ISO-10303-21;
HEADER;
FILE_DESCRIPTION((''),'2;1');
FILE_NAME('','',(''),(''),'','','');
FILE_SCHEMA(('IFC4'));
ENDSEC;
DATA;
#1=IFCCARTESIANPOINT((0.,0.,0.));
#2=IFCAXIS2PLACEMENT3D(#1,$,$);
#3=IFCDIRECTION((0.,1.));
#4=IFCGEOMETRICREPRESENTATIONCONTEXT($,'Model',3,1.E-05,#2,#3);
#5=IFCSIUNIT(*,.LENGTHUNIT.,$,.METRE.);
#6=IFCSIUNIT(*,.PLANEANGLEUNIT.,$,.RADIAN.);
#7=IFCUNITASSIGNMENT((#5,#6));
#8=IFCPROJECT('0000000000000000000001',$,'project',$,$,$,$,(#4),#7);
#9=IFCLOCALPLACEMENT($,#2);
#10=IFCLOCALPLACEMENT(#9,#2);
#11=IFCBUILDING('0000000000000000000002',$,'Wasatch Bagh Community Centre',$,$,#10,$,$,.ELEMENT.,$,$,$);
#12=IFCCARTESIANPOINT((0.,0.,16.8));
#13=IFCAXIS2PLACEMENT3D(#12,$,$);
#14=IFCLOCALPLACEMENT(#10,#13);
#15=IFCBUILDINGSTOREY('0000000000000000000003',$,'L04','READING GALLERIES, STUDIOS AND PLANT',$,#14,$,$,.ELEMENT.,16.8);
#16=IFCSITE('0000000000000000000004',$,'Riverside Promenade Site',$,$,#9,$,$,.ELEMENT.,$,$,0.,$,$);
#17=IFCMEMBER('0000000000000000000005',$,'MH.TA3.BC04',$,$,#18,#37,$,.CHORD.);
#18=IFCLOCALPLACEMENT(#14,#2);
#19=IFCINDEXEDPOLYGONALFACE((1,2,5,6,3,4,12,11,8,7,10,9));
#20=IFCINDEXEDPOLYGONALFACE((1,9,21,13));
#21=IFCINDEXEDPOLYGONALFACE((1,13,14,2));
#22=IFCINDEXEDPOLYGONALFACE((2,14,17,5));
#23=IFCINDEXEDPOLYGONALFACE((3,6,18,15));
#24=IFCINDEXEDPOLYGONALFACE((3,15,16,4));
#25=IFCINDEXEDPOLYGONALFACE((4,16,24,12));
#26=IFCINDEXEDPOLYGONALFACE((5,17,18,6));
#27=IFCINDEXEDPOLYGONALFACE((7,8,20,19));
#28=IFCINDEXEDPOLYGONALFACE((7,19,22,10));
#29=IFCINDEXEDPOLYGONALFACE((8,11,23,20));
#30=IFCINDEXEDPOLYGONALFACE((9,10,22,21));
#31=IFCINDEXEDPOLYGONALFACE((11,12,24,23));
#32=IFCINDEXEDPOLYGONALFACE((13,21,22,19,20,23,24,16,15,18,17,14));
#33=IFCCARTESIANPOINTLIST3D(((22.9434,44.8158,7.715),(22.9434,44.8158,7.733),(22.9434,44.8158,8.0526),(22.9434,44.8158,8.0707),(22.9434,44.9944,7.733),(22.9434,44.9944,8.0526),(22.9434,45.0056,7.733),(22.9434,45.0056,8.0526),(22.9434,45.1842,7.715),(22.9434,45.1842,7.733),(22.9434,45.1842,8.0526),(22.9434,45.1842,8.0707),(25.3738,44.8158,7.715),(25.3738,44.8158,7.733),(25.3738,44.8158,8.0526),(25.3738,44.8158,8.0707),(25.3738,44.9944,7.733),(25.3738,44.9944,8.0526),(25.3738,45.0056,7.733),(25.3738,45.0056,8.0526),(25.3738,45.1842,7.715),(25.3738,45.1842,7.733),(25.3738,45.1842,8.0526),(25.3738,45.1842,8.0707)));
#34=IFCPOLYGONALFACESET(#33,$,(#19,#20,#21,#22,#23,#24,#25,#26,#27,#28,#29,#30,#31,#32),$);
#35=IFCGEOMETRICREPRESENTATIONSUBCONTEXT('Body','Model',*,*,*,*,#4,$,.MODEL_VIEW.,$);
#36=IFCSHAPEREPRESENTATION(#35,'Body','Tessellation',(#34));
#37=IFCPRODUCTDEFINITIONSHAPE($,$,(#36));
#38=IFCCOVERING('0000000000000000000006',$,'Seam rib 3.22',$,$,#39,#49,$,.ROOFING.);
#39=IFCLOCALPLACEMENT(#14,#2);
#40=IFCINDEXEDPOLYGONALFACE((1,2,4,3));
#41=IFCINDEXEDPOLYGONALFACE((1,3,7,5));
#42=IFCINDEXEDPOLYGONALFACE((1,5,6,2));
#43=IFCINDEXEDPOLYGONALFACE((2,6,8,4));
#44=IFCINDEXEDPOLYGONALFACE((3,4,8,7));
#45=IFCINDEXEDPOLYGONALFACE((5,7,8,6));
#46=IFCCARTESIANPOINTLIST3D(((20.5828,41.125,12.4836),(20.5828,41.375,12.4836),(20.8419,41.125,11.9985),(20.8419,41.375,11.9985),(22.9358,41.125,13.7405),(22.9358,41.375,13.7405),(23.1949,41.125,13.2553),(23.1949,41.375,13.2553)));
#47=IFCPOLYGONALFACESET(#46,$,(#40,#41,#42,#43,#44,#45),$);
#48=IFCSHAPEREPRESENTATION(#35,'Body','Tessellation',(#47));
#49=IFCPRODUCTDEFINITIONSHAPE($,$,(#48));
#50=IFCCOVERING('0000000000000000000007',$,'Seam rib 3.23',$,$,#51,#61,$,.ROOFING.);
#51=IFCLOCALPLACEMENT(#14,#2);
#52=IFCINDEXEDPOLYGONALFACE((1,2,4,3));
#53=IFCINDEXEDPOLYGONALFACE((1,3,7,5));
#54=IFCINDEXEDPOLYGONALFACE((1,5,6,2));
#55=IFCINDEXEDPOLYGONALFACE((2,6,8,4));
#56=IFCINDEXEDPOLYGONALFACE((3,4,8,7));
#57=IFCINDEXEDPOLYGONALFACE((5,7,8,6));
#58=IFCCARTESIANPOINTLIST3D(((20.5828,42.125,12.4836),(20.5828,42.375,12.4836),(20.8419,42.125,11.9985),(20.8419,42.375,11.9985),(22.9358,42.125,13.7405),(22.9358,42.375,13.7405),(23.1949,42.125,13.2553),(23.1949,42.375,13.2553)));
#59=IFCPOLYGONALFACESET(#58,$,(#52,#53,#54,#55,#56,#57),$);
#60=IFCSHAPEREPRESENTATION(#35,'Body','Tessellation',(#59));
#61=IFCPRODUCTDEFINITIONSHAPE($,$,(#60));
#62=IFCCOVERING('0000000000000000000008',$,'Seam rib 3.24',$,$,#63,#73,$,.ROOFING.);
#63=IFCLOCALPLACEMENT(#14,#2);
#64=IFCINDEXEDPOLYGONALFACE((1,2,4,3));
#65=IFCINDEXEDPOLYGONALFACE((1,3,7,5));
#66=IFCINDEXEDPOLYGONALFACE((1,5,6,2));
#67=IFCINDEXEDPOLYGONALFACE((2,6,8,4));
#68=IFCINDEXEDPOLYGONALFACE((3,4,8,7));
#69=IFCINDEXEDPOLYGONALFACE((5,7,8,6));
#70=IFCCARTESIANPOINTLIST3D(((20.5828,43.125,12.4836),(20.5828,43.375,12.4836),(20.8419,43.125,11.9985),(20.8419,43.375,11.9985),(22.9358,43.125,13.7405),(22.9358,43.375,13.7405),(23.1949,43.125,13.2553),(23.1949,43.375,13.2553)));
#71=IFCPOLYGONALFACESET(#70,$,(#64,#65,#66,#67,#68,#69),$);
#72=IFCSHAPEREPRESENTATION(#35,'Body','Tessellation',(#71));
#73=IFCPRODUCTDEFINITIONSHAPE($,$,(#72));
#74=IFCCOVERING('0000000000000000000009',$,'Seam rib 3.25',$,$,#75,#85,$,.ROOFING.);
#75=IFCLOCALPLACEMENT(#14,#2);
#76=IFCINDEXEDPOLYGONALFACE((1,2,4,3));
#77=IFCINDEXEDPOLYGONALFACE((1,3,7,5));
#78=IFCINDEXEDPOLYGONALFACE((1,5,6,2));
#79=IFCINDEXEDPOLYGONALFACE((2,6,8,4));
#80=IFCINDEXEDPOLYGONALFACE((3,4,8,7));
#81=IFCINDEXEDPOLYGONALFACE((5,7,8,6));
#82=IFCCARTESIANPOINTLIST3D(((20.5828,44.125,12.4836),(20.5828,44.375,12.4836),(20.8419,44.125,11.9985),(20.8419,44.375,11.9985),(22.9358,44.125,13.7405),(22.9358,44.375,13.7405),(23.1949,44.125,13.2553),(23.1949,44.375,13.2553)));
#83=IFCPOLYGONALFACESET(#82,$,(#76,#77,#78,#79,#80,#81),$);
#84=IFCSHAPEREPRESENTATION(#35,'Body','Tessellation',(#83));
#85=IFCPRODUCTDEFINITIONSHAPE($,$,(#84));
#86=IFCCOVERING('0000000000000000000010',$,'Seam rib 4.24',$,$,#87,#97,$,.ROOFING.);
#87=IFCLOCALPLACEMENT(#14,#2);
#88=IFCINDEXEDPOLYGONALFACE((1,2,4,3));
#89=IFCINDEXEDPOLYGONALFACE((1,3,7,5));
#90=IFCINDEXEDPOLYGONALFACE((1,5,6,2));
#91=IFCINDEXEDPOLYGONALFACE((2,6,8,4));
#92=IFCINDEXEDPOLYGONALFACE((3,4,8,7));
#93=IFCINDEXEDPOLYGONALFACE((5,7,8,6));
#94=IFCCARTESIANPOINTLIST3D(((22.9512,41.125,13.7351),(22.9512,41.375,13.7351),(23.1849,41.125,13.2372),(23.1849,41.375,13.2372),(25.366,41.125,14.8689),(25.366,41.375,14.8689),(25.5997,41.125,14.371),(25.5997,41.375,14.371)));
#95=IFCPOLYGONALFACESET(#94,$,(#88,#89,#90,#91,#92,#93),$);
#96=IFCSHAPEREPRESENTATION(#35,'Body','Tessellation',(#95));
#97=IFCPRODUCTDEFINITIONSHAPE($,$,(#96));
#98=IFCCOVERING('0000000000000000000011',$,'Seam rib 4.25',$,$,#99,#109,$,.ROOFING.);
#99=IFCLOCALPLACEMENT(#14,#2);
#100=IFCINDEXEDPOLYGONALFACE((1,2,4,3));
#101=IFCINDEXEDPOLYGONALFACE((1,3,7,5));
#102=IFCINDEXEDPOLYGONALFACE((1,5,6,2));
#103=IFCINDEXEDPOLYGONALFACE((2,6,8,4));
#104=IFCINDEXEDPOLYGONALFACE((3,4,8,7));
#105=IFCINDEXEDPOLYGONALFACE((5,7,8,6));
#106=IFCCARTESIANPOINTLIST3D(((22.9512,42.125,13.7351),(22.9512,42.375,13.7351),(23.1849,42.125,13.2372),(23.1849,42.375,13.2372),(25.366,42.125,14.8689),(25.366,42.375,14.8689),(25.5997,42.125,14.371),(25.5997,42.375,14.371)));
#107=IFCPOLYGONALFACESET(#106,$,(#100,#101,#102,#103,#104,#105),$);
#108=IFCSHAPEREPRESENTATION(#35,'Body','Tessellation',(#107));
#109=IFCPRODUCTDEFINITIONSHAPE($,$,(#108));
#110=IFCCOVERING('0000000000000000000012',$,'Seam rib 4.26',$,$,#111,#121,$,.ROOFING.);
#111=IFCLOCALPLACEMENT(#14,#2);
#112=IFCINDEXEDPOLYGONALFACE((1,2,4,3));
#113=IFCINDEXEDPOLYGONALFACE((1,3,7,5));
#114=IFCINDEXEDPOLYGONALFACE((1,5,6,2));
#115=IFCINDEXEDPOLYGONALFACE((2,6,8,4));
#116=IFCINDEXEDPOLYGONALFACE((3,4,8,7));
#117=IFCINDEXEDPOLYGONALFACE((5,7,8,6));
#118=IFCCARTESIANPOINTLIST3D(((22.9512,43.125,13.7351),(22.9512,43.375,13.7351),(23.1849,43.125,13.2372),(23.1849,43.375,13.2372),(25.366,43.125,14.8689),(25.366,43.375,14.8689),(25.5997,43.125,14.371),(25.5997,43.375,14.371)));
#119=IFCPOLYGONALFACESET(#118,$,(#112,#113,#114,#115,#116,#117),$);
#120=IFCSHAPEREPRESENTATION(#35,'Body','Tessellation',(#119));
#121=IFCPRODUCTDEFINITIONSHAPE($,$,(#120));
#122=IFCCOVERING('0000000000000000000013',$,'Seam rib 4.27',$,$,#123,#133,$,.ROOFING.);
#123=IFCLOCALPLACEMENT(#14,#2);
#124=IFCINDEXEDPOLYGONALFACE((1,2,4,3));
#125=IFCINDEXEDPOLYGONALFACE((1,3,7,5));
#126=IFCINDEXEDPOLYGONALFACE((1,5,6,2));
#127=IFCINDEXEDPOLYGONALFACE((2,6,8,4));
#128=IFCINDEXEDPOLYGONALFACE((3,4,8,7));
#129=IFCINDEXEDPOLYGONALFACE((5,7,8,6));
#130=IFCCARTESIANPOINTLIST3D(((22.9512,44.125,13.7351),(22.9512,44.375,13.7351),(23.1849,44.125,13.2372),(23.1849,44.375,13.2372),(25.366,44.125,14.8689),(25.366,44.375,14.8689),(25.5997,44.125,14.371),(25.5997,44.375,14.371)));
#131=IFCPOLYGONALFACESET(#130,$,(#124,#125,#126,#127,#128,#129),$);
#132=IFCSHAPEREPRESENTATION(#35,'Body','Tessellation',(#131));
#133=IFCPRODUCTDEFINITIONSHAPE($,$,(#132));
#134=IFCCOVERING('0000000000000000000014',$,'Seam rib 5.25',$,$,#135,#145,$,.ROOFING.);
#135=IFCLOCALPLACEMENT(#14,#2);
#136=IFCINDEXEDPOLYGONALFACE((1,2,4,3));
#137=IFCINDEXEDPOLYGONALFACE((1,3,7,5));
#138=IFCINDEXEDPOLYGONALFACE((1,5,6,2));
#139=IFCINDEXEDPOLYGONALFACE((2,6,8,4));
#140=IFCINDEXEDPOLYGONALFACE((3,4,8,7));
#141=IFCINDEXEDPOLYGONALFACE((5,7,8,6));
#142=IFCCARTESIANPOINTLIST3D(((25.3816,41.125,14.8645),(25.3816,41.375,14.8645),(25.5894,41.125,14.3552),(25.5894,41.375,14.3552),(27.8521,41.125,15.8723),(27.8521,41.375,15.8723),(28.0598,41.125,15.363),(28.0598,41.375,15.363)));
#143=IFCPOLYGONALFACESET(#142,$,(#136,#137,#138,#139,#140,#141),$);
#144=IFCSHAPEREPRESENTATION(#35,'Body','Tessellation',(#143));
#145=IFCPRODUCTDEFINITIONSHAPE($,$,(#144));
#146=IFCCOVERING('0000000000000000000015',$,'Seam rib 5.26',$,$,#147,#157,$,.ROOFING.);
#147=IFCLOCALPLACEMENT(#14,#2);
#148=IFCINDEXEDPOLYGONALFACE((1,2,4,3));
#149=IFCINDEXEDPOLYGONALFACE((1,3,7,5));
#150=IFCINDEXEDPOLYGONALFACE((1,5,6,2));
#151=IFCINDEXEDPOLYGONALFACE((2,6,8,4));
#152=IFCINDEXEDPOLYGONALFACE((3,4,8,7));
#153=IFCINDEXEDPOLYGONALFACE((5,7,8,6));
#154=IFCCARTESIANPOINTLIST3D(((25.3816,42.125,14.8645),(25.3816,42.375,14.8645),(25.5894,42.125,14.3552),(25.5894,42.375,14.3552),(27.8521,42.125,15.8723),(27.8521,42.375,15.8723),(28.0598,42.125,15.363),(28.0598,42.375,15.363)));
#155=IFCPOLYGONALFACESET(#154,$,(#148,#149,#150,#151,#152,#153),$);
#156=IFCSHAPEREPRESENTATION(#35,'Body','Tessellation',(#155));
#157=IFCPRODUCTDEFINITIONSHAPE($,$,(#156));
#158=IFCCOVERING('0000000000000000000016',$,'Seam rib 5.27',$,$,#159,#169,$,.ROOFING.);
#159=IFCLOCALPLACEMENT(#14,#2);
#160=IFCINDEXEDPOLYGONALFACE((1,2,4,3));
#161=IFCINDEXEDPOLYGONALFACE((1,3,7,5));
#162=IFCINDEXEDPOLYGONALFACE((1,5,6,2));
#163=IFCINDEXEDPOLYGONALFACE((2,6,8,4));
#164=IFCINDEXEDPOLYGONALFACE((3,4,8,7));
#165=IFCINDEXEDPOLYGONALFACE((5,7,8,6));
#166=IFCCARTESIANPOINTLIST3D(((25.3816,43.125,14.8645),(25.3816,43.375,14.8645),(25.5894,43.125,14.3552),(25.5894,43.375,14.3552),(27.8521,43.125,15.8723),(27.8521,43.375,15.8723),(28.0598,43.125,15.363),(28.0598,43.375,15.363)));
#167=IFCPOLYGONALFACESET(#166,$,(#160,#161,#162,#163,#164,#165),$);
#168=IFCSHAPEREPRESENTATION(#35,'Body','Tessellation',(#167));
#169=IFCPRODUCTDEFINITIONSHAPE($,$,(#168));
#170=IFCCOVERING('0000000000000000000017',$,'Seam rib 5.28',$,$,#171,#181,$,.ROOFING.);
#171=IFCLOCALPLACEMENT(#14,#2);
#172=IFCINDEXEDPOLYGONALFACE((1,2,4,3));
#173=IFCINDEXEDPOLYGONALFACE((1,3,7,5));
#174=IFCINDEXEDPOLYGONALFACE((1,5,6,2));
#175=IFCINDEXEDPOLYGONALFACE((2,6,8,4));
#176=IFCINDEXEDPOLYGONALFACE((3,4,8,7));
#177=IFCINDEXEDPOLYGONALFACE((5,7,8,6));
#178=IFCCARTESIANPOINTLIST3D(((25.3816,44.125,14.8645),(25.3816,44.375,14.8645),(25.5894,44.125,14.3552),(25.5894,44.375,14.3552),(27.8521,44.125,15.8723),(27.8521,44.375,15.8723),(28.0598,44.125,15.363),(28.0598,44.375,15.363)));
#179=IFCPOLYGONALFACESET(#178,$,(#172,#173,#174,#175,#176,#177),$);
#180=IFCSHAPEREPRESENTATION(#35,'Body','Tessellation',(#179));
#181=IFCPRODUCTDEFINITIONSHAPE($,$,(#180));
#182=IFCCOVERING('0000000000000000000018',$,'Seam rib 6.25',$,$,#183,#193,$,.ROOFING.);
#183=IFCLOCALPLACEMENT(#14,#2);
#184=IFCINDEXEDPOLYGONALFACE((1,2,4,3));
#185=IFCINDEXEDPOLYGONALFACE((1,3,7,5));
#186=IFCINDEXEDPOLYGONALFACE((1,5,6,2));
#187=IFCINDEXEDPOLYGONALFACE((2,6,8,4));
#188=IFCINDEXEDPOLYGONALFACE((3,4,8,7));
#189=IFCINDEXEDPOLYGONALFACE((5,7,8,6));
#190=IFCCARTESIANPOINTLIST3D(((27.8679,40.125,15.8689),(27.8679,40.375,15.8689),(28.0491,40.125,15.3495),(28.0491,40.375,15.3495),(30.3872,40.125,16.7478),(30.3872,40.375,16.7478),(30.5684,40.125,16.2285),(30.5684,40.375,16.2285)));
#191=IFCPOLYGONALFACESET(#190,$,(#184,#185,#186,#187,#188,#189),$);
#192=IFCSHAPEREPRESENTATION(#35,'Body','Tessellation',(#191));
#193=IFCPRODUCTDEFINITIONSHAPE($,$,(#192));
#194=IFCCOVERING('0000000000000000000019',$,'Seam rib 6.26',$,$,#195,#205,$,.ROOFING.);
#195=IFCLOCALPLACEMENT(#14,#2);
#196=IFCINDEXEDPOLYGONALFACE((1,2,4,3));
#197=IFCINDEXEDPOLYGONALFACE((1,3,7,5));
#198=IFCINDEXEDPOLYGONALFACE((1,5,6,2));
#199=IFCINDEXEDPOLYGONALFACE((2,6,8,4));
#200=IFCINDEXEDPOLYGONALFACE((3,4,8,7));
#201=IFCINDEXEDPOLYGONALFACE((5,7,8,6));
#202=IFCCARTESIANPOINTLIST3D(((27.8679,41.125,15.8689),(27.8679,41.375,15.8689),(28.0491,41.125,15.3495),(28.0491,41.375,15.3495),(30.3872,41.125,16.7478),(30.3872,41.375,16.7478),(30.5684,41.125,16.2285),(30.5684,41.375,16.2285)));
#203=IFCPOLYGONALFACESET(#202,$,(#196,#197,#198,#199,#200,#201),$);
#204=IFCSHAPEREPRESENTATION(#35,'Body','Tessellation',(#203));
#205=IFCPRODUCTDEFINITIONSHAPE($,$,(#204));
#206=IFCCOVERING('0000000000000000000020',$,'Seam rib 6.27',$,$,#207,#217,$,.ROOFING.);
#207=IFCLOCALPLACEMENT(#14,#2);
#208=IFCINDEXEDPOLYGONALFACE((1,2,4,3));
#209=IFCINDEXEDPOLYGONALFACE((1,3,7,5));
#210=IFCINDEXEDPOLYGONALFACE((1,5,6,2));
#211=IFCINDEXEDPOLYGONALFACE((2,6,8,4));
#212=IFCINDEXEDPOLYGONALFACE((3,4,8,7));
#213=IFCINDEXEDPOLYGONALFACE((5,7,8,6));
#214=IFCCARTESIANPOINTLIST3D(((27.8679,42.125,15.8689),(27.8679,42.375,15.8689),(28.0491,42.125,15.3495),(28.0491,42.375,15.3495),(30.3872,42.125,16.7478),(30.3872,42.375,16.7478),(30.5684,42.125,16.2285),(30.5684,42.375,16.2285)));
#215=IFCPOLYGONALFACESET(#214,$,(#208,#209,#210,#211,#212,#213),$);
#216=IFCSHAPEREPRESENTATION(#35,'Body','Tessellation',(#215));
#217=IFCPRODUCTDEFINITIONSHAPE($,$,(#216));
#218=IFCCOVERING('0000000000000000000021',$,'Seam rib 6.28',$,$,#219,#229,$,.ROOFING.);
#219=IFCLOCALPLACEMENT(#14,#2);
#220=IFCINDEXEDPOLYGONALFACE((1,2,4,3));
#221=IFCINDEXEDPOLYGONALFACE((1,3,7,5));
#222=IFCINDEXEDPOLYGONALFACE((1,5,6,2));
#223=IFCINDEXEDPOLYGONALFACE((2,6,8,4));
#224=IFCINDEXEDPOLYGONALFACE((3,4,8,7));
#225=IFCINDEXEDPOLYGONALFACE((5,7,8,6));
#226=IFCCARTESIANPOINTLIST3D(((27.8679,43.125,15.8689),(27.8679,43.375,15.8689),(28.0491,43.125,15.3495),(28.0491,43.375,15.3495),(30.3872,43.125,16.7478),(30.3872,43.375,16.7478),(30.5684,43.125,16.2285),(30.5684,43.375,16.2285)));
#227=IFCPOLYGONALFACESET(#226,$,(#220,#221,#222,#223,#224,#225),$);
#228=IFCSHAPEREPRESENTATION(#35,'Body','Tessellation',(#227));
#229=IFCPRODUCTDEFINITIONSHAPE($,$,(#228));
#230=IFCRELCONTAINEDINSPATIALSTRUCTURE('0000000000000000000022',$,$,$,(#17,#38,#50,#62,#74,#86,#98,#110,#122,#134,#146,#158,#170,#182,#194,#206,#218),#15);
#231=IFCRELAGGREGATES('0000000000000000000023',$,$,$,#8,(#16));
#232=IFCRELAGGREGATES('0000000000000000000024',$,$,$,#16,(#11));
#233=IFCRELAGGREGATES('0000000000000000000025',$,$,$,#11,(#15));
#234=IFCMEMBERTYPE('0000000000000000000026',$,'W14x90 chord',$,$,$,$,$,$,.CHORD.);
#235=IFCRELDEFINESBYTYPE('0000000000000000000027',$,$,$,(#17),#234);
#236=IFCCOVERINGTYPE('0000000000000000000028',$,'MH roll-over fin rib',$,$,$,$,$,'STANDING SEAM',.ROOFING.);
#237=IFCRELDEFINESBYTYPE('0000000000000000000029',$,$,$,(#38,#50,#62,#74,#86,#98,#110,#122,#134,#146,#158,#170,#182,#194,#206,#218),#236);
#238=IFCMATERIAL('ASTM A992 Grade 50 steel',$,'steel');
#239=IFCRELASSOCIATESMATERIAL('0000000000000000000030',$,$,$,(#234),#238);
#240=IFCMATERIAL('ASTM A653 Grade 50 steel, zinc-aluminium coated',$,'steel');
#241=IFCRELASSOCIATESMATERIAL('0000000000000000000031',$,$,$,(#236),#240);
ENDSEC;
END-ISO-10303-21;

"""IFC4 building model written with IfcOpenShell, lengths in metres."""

from ifc_helpers import new_model, si_unit, direction, frame, origin, origin_2d, place, context, subcontext, project, spatial, polyline, i_section, outline, extrude, material, material_profile, profile_set, type_object, element, save


model = new_model("IFC4")

# Units and contexts
model_context = context("Model", 3, precision=1e-05, world=origin(), true_north=direction((0.0, 1.0)))
body_context = subcontext(model_context, "Body", "Model", "MODEL_VIEW")
ifc_project = project(units=[si_unit("LENGTHUNIT", "METRE"), si_unit("PLANEANGLEUNIT", "RADIAN")], contexts=[model_context])

# Site, building, storey
site_placement = place(None, origin())
site = spatial("IfcSite", under=ifc_project, at=site_placement, Name="Riverside Promenade Site", CompositionType="ELEMENT", RefElevation=0.0)
building_placement = place(site_placement, origin())
building = spatial("IfcBuilding", under=site, at=building_placement, Name="Wasatch Bagh Community Centre", CompositionType="ELEMENT")
storey_placement = place(building_placement, frame((0.0, 0.0, 16.8)))
storey = spatial("IfcBuildingStorey", under=building, at=storey_placement, Name="L04", Description="READING GALLERIES, STUDIOS AND PLANT", CompositionType="ELEMENT", Elevation=16.8)

# Member
ifc_material_1 = material(Name="ASTM A992 Grade 50 steel", Category="steel")
ifc_material_profile_1 = material_profile(ifc_material_1, i_section(OverallWidth=0.3684, OverallDepth=0.3557, WebThickness=0.0112, FlangeThickness=0.0181, at=origin_2d()), Name="W14x90")
ifc_profile_set_1 = profile_set([ifc_material_profile_1], Name="ASTM A992 Grade 50 steel")
member_type_1 = type_object("IfcMemberType", Name="W14x90 chord", PredefinedType="CHORD", material=ifc_profile_set_1)
member_1_placement = place(storey_placement, frame((22.9434, 45.0, 7.8928), z_axis=(1.0, 0.0, 0.0), x_axis=(0.0, 1.0, 0.0)))
element("IfcMember", 1, at=member_1_placement, inside=storey, type_object=member_type_1, Name="MH.TA3.BC04", PredefinedType="CHORD", context=body_context, shape_type="SweptSolid", body=[
    extrude(i_section(OverallWidth=0.3684, OverallDepth=0.3557, WebThickness=0.0112, FlangeThickness=0.0181, at=origin_2d()), origin(), (0.0, 0.0, 1.0), 2.4304),
])

# Coverings
ifc_material_2 = material(Name="ASTM A653 Grade 50 steel, zinc-aluminium coated", Category="steel")
covering_type = type_object("IfcCoveringType", Name="MH roll-over fin rib", ElementType="STANDING SEAM", PredefinedType="ROOFING", material=ifc_material_2)
for number, where, z_axis, x_axis, name in (
    (2, (20.5828, 41.125, 12.4836), (-0.471139, 0.0, 0.882059), (0.882059, 0.0, 0.471139), "Seam rib 3.22"),
    (3, (20.5828, 42.125, 12.4836), (-0.471139, 0.0, 0.882059), (0.882059, 0.0, 0.471139), "Seam rib 3.23"),
    (4, (20.5828, 43.125, 12.4836), (-0.471139, 0.0, 0.882059), (0.882059, 0.0, 0.471139), "Seam rib 3.24"),
    (5, (20.5828, 44.125, 12.4836), (-0.471139, 0.0, 0.882059), (0.882059, 0.0, 0.471139), "Seam rib 3.25"),
):
    element("IfcCovering", number, at=place(storey_placement, frame(where, z_axis=z_axis, x_axis=x_axis)), inside=storey, type_object=covering_type, Name=name, PredefinedType="ROOFING", context=body_context, shape_type="SweptSolid", body=[
        extrude(outline(polyline([(0.0, 0.0), (2.6677, 0.0), (2.6677, 0.25), (0.0, 0.25), (0.0, 0.0)])), origin(), (0.0, 0.0, -1.0), 0.55),
    ])
for number, where, z_axis, x_axis, name in (
    (6, (22.9512, 41.125, 13.7351), (-0.425004, 0.0, 0.905192), (0.905192, 0.0, 0.425004), "Seam rib 4.24"),
    (7, (22.9512, 42.125, 13.7351), (-0.425004, 0.0, 0.905192), (0.905192, 0.0, 0.425004), "Seam rib 4.25"),
    (8, (22.9512, 43.125, 13.7351), (-0.425004, 0.0, 0.905192), (0.905192, 0.0, 0.425004), "Seam rib 4.26"),
    (9, (22.9512, 44.125, 13.7351), (-0.425004, 0.0, 0.905192), (0.905192, 0.0, 0.425004), "Seam rib 4.27"),
):
    element("IfcCovering", number, at=place(storey_placement, frame(where, z_axis=z_axis, x_axis=x_axis)), inside=storey, type_object=covering_type, Name=name, PredefinedType="ROOFING", context=body_context, shape_type="SweptSolid", body=[
        extrude(outline(polyline([(0.0, 0.0), (2.6677, 0.0), (2.6677, 0.25), (0.0, 0.25), (0.0, 0.0)])), origin(), (0.0, 0.0, -1.0), 0.55),
    ])
for number, where, z_axis, x_axis, name in (
    (10, (25.3816, 41.125, 14.8645), (-0.377724, 0.0, 0.925918), (0.925918, 0.0, 0.377724), "Seam rib 5.25"),
    (11, (25.3816, 42.125, 14.8645), (-0.377724, 0.0, 0.925918), (0.925918, 0.0, 0.377724), "Seam rib 5.26"),
    (12, (25.3816, 43.125, 14.8645), (-0.377724, 0.0, 0.925918), (0.925918, 0.0, 0.377724), "Seam rib 5.27"),
    (13, (25.3816, 44.125, 14.8645), (-0.377724, 0.0, 0.925918), (0.925918, 0.0, 0.377724), "Seam rib 5.28"),
):
    element("IfcCovering", number, at=place(storey_placement, frame(where, z_axis=z_axis, x_axis=x_axis)), inside=storey, type_object=covering_type, Name=name, PredefinedType="ROOFING", context=body_context, shape_type="SweptSolid", body=[
        extrude(outline(polyline([(0.0, 0.0), (2.6681, 0.0), (2.6681, 0.25), (0.0, 0.25), (0.0, 0.0)])), origin(), (0.0, 0.0, -1.0), 0.55),
    ])
for number, where, z_axis, x_axis, name in (
    (14, (27.8679, 40.125, 15.8689), (-0.329401, 0.0, 0.94419), (0.94419, 0.0, 0.329401), "Seam rib 6.25"),
    (15, (27.8679, 41.125, 15.8689), (-0.329401, 0.0, 0.94419), (0.94419, 0.0, 0.329401), "Seam rib 6.26"),
    (16, (27.8679, 42.125, 15.8689), (-0.329401, 0.0, 0.94419), (0.94419, 0.0, 0.329401), "Seam rib 6.27"),
    (17, (27.8679, 43.125, 15.8689), (-0.329401, 0.0, 0.94419), (0.94419, 0.0, 0.329401), "Seam rib 6.28"),
):
    element("IfcCovering", number, at=place(storey_placement, frame(where, z_axis=z_axis, x_axis=x_axis)), inside=storey, type_object=covering_type, Name=name, PredefinedType="ROOFING", context=body_context, shape_type="SweptSolid", body=[
        extrude(outline(polyline([(0.0, 0.0), (2.6682, 0.0), (2.6682, 0.25), (0.0, 0.25), (0.0, 0.0)])), origin(), (0.0, 0.0, -1.0), 0.55),
    ])

save(model, "model.ifc")
